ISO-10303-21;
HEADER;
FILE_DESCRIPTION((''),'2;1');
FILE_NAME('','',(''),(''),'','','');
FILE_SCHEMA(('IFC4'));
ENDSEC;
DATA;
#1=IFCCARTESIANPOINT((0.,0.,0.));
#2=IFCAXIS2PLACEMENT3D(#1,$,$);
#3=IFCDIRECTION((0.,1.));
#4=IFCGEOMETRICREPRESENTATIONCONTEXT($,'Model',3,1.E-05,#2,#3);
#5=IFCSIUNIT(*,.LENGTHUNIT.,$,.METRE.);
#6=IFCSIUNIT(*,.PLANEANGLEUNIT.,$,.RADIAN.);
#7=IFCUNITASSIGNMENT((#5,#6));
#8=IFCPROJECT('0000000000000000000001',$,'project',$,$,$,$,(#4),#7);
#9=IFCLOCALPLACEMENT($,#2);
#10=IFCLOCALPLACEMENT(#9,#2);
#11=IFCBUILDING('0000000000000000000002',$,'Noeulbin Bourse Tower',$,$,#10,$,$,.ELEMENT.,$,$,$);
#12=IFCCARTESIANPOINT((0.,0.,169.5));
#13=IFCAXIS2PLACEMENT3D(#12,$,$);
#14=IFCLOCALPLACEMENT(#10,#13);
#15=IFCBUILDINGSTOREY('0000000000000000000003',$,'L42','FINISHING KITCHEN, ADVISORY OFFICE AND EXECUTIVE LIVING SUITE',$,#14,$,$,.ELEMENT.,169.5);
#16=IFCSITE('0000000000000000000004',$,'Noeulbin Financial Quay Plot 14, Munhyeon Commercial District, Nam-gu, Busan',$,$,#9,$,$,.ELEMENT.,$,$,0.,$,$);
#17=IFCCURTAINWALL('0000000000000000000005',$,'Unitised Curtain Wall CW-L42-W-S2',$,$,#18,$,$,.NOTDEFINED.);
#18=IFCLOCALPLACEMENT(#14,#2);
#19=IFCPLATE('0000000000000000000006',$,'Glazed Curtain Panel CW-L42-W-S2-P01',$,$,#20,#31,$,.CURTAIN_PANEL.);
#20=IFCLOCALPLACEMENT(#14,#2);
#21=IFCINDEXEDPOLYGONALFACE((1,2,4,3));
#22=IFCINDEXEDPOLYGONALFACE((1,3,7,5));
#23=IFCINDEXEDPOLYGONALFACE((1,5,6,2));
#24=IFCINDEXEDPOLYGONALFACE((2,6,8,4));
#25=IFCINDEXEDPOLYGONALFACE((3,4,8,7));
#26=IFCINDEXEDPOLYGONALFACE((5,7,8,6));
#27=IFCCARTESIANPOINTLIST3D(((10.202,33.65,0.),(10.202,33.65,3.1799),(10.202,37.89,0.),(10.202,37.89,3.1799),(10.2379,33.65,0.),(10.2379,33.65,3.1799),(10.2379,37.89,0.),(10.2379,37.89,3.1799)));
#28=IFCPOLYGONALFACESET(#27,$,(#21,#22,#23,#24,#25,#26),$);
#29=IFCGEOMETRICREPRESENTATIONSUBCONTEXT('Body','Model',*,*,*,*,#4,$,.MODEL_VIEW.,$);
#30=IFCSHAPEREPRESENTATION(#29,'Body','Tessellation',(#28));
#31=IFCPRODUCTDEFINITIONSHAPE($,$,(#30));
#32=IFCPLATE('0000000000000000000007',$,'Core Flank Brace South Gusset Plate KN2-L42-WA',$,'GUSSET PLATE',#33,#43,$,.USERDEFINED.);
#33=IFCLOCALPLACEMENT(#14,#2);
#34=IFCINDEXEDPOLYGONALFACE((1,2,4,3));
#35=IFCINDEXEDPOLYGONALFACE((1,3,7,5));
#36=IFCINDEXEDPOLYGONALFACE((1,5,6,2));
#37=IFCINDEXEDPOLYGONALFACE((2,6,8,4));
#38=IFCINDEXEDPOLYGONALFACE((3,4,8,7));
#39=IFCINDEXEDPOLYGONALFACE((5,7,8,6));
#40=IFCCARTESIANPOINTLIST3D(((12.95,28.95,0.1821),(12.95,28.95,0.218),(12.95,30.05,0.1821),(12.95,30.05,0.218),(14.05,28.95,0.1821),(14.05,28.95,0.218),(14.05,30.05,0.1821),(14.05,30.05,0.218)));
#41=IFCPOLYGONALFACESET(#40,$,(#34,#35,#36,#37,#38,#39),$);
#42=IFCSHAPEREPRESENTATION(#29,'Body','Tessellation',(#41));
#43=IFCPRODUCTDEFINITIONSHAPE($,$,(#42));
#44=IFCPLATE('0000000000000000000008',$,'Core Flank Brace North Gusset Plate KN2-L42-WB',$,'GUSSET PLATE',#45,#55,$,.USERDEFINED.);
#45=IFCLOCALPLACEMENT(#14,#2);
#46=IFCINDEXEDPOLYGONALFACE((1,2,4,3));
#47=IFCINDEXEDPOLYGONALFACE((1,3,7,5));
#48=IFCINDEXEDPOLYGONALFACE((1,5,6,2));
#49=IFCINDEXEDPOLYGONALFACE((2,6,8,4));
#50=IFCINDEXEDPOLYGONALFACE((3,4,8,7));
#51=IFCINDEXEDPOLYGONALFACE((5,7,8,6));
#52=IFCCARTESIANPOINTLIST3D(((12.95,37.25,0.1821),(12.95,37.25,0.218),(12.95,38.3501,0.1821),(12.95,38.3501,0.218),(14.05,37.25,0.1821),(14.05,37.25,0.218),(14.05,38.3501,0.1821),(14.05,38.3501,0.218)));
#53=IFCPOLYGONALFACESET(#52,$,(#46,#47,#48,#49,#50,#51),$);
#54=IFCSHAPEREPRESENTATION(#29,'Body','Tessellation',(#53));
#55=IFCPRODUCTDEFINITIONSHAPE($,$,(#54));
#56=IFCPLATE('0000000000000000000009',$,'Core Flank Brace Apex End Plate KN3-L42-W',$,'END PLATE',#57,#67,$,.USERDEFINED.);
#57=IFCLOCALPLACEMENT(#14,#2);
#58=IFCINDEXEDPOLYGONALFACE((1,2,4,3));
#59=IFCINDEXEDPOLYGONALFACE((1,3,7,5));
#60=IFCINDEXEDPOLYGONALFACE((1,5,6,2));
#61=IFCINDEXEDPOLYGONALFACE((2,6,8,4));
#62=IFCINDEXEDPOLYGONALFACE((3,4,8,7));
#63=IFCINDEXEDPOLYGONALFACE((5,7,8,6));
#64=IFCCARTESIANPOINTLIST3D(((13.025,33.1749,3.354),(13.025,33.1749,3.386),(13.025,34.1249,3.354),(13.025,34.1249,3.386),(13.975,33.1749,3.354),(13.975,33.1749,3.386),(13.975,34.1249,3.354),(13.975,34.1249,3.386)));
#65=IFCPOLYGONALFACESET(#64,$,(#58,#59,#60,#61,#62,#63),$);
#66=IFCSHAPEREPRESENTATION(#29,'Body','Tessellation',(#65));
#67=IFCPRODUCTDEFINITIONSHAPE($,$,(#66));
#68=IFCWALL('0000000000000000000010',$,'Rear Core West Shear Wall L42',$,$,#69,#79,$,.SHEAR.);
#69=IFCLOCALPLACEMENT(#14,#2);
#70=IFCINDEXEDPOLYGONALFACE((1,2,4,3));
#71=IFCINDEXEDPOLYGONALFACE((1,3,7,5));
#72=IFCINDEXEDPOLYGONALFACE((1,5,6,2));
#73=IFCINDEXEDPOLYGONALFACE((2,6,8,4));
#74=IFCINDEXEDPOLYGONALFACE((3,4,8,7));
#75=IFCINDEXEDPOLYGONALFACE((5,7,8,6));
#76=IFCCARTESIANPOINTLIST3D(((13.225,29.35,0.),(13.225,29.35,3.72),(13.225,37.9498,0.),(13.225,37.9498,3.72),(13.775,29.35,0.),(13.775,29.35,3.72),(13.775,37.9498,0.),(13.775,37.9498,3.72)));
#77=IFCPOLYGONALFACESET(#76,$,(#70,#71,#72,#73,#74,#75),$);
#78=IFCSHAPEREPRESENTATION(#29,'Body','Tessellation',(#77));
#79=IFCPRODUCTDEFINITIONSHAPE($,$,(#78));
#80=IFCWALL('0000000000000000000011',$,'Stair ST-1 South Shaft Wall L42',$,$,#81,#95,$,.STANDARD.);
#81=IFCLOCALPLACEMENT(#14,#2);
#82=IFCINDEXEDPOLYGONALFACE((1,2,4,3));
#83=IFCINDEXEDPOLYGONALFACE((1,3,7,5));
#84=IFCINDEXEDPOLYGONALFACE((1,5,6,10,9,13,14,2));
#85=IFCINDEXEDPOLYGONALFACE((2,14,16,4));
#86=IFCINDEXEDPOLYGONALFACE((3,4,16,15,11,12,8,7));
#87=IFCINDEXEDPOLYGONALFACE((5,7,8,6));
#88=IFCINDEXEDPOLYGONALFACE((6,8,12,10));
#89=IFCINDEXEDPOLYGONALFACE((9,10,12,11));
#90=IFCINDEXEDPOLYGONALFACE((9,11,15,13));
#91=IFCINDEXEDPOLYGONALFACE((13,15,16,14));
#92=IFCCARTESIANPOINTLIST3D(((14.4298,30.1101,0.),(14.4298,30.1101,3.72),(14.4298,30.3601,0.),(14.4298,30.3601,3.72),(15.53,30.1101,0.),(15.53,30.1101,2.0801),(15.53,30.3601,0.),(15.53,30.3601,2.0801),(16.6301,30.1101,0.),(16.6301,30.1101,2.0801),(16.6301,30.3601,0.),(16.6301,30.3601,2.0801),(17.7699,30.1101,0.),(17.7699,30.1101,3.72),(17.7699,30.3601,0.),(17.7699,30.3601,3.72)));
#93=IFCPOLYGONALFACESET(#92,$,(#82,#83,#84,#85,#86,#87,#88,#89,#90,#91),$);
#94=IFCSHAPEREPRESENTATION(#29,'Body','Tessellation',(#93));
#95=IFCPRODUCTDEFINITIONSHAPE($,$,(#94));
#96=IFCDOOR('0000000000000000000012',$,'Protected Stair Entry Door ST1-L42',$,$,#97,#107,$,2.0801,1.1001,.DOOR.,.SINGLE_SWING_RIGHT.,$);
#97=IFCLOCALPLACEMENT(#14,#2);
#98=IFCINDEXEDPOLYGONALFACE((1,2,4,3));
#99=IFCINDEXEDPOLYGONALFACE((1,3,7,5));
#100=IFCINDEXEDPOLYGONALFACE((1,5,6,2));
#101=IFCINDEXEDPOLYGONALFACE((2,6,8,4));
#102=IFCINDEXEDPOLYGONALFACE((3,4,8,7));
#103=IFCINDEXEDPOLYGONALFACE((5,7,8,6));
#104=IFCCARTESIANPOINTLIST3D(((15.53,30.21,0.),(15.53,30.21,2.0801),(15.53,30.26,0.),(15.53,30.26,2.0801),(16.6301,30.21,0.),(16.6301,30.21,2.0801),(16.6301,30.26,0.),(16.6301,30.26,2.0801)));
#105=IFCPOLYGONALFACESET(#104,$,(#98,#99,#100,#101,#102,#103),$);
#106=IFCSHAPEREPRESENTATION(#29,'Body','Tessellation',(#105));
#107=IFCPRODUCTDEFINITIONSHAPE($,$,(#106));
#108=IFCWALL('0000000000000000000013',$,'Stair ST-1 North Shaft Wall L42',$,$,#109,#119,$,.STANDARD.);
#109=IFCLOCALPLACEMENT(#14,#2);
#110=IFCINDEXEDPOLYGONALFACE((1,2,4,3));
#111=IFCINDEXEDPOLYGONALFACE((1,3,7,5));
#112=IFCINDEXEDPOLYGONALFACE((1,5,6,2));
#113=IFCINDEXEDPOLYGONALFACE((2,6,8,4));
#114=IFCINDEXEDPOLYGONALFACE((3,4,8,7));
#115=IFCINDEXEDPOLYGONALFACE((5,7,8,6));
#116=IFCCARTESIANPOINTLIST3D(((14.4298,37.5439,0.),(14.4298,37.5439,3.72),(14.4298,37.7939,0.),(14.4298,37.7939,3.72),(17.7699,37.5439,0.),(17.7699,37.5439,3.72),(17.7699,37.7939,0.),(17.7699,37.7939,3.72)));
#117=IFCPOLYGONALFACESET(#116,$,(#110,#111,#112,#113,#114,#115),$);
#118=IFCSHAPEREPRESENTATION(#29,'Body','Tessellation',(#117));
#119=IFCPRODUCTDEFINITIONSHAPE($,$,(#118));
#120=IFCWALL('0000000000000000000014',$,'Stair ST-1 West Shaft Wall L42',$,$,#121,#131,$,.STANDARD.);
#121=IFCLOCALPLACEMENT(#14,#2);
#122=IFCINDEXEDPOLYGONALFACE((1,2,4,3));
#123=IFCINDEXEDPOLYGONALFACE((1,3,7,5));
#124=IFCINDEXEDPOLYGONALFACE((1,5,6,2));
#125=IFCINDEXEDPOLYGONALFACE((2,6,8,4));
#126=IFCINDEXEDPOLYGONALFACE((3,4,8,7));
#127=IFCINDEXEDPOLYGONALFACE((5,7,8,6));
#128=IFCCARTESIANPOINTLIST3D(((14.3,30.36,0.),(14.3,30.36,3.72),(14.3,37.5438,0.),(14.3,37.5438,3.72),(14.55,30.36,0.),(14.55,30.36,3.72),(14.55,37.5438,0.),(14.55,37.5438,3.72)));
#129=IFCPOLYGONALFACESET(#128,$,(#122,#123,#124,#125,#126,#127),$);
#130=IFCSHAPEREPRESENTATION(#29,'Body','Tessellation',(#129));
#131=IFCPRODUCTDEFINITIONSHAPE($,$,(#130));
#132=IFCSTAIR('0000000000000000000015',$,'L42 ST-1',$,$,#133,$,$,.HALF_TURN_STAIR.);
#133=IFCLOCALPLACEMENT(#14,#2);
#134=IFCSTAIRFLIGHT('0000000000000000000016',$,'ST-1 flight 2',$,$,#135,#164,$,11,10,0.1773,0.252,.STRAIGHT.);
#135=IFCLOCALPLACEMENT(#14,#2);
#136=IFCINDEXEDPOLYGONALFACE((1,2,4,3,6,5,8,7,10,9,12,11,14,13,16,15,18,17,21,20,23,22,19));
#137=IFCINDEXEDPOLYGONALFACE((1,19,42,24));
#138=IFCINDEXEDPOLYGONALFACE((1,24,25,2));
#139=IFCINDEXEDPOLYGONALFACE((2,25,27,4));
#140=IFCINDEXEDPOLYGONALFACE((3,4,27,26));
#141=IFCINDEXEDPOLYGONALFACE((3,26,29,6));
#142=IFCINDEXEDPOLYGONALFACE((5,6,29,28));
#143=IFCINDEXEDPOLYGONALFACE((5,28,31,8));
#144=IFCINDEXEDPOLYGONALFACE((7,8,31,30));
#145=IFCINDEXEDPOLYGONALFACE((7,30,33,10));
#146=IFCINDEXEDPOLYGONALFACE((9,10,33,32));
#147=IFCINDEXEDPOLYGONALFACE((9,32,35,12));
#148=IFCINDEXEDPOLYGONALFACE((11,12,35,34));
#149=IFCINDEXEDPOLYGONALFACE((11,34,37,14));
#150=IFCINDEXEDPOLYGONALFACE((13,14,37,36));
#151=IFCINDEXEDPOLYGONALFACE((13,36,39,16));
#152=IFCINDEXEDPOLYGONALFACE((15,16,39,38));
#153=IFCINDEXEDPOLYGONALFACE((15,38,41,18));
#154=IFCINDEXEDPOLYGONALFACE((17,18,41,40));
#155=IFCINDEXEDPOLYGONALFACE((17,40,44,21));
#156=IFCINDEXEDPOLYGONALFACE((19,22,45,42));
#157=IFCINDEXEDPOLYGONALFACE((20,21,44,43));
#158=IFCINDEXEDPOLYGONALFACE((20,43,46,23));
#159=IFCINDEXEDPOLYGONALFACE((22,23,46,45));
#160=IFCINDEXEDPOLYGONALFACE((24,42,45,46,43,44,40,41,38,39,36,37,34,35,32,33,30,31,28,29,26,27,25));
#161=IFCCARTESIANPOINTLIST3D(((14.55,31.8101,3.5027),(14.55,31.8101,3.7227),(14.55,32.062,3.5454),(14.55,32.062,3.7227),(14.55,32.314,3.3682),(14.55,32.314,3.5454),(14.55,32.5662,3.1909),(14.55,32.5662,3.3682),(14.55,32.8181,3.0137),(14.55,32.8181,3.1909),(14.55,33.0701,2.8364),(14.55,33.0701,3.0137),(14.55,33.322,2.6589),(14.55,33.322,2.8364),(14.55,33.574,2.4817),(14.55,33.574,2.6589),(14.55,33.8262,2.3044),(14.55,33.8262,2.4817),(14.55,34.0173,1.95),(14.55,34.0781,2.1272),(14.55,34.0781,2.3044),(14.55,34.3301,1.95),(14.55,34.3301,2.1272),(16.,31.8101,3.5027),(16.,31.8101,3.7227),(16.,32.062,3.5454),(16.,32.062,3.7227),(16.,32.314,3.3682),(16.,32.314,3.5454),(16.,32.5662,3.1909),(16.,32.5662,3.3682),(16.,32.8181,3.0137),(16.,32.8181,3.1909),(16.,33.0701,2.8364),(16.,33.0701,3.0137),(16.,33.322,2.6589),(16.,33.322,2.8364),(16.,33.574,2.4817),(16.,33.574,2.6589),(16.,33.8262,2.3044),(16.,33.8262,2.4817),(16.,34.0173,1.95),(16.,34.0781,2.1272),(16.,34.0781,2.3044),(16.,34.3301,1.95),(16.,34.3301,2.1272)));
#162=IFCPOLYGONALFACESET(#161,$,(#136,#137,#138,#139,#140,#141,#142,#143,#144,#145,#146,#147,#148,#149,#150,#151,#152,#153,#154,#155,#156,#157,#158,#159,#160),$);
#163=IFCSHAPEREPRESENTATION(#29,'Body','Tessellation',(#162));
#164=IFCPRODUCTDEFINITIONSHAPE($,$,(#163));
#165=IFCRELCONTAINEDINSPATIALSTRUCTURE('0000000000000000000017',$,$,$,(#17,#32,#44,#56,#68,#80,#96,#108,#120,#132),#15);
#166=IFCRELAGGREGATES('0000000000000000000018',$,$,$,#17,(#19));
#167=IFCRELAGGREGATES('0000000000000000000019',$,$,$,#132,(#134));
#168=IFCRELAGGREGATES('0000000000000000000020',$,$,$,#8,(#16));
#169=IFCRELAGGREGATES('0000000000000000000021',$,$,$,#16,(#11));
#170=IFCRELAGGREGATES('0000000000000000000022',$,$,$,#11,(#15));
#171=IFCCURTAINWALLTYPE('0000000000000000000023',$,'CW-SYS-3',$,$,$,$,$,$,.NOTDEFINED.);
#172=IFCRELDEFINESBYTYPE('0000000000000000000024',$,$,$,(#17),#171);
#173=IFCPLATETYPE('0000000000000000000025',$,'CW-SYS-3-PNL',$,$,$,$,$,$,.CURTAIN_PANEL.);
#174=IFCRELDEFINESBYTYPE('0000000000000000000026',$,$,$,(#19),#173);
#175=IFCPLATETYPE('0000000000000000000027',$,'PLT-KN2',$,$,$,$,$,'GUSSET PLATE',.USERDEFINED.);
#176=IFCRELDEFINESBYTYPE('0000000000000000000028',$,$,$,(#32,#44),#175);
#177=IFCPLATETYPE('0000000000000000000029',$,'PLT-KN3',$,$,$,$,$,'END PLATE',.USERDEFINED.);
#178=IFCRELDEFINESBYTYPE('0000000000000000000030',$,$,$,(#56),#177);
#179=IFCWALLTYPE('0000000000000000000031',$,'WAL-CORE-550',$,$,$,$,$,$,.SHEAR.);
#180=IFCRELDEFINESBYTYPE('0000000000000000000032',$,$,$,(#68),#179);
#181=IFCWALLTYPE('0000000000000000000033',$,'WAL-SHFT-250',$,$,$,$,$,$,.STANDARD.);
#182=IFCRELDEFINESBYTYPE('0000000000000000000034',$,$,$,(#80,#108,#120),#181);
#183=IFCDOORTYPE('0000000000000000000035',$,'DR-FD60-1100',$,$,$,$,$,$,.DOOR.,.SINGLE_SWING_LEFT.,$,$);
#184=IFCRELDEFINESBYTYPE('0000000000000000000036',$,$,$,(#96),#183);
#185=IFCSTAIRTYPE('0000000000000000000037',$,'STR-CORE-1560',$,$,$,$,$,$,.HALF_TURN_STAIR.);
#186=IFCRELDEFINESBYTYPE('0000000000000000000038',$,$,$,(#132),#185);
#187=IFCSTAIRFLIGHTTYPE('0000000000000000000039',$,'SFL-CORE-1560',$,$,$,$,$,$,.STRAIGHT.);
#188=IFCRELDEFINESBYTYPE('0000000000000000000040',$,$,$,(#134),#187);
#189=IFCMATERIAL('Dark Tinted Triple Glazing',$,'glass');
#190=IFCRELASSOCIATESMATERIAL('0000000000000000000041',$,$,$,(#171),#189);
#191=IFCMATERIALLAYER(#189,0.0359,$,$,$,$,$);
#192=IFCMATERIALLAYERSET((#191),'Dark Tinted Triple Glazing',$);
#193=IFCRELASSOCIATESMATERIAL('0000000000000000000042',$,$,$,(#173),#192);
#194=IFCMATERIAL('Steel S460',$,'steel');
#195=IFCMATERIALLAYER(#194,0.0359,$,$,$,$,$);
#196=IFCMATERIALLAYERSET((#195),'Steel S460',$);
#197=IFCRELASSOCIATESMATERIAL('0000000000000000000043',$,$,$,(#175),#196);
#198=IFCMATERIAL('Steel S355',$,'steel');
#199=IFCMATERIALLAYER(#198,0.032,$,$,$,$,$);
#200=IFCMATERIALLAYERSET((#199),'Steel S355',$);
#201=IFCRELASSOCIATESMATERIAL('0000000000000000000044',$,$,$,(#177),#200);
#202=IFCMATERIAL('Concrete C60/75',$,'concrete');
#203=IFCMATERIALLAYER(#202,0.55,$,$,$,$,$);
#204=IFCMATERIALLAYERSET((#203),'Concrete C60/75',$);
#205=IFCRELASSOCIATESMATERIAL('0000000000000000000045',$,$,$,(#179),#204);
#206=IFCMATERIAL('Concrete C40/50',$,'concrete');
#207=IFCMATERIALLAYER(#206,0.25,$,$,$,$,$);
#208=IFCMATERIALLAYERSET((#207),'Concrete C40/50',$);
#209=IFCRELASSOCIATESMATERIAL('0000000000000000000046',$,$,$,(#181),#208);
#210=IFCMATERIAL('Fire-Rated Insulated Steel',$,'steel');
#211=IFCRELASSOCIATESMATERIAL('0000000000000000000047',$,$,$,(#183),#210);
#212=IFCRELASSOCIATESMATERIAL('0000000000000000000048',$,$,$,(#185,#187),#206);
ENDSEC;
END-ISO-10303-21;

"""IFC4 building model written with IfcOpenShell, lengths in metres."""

from ifc_helpers import new_model, si_unit, direction, frame, frame_2d, origin, origin_2d, place, context, subcontext, project, spatial, polyline, rectangle, outline, extrude, material, layer, layer_set, type_object, element, fill, aggregate, save


model = new_model("IFC4")

# Units and contexts
model_context = context("Model", 3, precision=1e-05, world=origin(), true_north=direction((0.0, 1.0)))
body_context = subcontext(model_context, "Body", "Model", "MODEL_VIEW")
ifc_project = project(units=[si_unit("LENGTHUNIT", "METRE"), si_unit("PLANEANGLEUNIT", "RADIAN")], contexts=[model_context])

# Site, building, storey
site_placement = place(None, origin())
site = spatial("IfcSite", under=ifc_project, at=site_placement, Name="Noeulbin Financial Quay Plot 14, Munhyeon Commercial District, Nam-gu, Busan", CompositionType="ELEMENT", RefElevation=0.0)
building_placement = place(site_placement, origin())
building = spatial("IfcBuilding", under=site, at=building_placement, Name="Noeulbin Bourse Tower", CompositionType="ELEMENT")
storey_placement = place(building_placement, frame((0.0, 0.0, 169.5)))
storey = spatial("IfcBuildingStorey", under=building, at=storey_placement, Name="L42", Description="FINISHING KITCHEN, ADVISORY OFFICE AND EXECUTIVE LIVING SUITE", CompositionType="ELEMENT", Elevation=169.5)

# Shared definitions
ifc_material_1 = material(Name="Steel S355", Category="steel")

# Curtain wall
ifc_material_2 = material(Name="Dark Tinted Triple Glazing", Category="glass")
curtain_wall_type = type_object("IfcCurtainWallType", Name="CW-SYS-3", PredefinedType="NOTDEFINED", material=ifc_material_2)
curtain_wall_placement = place(storey_placement, origin())
curtain_wall = element("IfcCurtainWall", 1, at=curtain_wall_placement, inside=storey, type_object=curtain_wall_type, Name="Unitised Curtain Wall CW-L42-W-S2", PredefinedType="NOTDEFINED")

# Plate
ifc_layer_1 = layer(ifc_material_2, 0.0359)
ifc_layer_set_1 = layer_set([ifc_layer_1], Name="Dark Tinted Triple Glazing")
plate_type_1 = type_object("IfcPlateType", Name="CW-SYS-3-PNL", PredefinedType="CURTAIN_PANEL", material=ifc_layer_set_1)
plate_1_placement = place(storey_placement, frame((10.22, 35.77, 0.0), z_axis=(0.0, 0.0, 1.0), x_axis=(0.0, 1.0, 0.0)))
plate_1 = element("IfcPlate", 2, at=plate_1_placement, type_object=plate_type_1, Name="Glazed Curtain Panel CW-L42-W-S2-P01", PredefinedType="CURTAIN_PANEL", context=body_context, shape_type="SweptSolid", body=[
    extrude(rectangle(XDim=4.24, YDim=0.0359, at=origin_2d()), origin(), (0.0, 0.0, 1.0), 3.1799),
])
aggregate(curtain_wall, [plate_1])

# Plates
ifc_material_3 = material(Name="Steel S460", Category="steel")
ifc_layer_2 = layer(ifc_material_3, 0.0359)
ifc_layer_set_2 = layer_set([ifc_layer_2], Name="Steel S460")
plate_type_2 = type_object("IfcPlateType", Name="PLT-KN2", ElementType="GUSSET PLATE", PredefinedType="USERDEFINED", material=ifc_layer_set_2)
for number, where, z_axis, x_axis, name in (
    (3, (13.5, 29.5, 0.1821), (0.0, 0.0, 1.0), (1.0, 0.0, 0.0), "Core Flank Brace South Gusset Plate KN2-L42-WA"),
    (4, (13.5, 37.8, 0.1821), (0.0, 0.0, 1.0), (1.0, 0.0, 0.0), "Core Flank Brace North Gusset Plate KN2-L42-WB"),
):
    element("IfcPlate", number, at=place(storey_placement, frame(where, z_axis=z_axis, x_axis=x_axis)), inside=storey, type_object=plate_type_2, Name=name, ObjectType="GUSSET PLATE", PredefinedType="USERDEFINED", context=body_context, shape_type="SweptSolid", body=[
        extrude(rectangle(XDim=1.1001, YDim=1.1001, at=origin_2d()), origin(), (0.0, 0.0, 1.0), 0.0359),
    ])
ifc_layer_3 = layer(ifc_material_1, 0.032)
ifc_layer_set_3 = layer_set([ifc_layer_3], Name="Steel S355")
plate_type_3 = type_object("IfcPlateType", Name="PLT-KN3", ElementType="END PLATE", PredefinedType="USERDEFINED", material=ifc_layer_set_3)
plate_2_placement = place(storey_placement, frame((13.5, 33.6499, 3.354), z_axis=(0.0, 0.0, 1.0), x_axis=(1.0, 0.0, 0.0)))
element("IfcPlate", 5, at=plate_2_placement, inside=storey, type_object=plate_type_3, Name="Core Flank Brace Apex End Plate KN3-L42-W", ObjectType="END PLATE", PredefinedType="USERDEFINED", context=body_context, shape_type="SweptSolid", body=[
    extrude(rectangle(XDim=0.95, YDim=0.95, at=origin_2d()), origin(), (0.0, 0.0, 1.0), 0.032),
])

# Wall
ifc_material_4 = material(Name="Concrete C60/75", Category="concrete")
ifc_layer_4 = layer(ifc_material_4, 0.55)
ifc_layer_set_4 = layer_set([ifc_layer_4], Name="Concrete C60/75")
wall_type_1 = type_object("IfcWallType", Name="WAL-CORE-550", PredefinedType="SHEAR", material=ifc_layer_set_4)
wall_1_placement = place(storey_placement, frame((13.5, 29.3501, 0.0), z_axis=(0.0, 0.0, 1.0), x_axis=(0.0, 1.0, 0.0)))
element("IfcWall", 6, at=wall_1_placement, inside=storey, type_object=wall_type_1, Name="Rear Core West Shear Wall L42", PredefinedType="SHEAR", context=body_context, shape_type="SweptSolid", body=[
    extrude(rectangle(XDim=8.5999, YDim=0.55, at=frame_2d((4.2998, 0.0))), origin(), (0.0, 0.0, 1.0), 3.72),
])

# Wall, opening, door
ifc_material_5 = material(Name="Concrete C40/50", Category="concrete")
ifc_layer_5 = layer(ifc_material_5, 0.25)
ifc_layer_set_5 = layer_set([ifc_layer_5], Name="Concrete C40/50")
wall_type_2 = type_object("IfcWallType", Name="WAL-SHFT-250", PredefinedType="STANDARD", material=ifc_layer_set_5)
wall_2_placement = place(storey_placement, frame((14.4299, 30.2351, 0.0), z_axis=(0.0, 0.0, 1.0), x_axis=(1.0, 0.0, 0.0)))
wall_2 = element("IfcWall", 7, at=wall_2_placement, inside=storey, type_object=wall_type_2, Name="Stair ST-1 South Shaft Wall L42", PredefinedType="STANDARD", context=body_context, shape_type="SweptSolid", body=[
    extrude(rectangle(XDim=3.3401, YDim=0.25, at=frame_2d((1.6699, 0.0))), origin(), (0.0, 0.0, 1.0), 3.72),
])
opening_placement = place(wall_2_placement, frame((1.1001, 0.0, 0.0)))
opening = element("IfcOpeningElement", 8, at=opening_placement, cuts=wall_2, PredefinedType="OPENING", context=body_context, shape_type="SweptSolid", body=[
    extrude(rectangle(XDim=1.1001, YDim=2.0801, at=frame_2d((0.55, 1.04))), frame((0.0, 0.135, 0.0), z_axis=(0.0, -1.0, 0.0), x_axis=(1.0, 0.0, 0.0)), (0.0, 0.0, 1.0), 0.27),
])
ifc_material_6 = material(Name="Fire-Rated Insulated Steel", Category="steel")
door_type = type_object("IfcDoorType", Name="DR-FD60-1100", OperationType="SINGLE_SWING_LEFT", PredefinedType="DOOR", material=ifc_material_6)
door_placement = place(opening_placement, origin())
door = element("IfcDoor", 9, at=door_placement, inside=storey, type_object=door_type, Name="Protected Stair Entry Door ST1-L42", OperationType="SINGLE_SWING_RIGHT", OverallHeight=2.0801, OverallWidth=1.1001, PredefinedType="DOOR", context=body_context, shape_type="SweptSolid", body=[
    extrude(rectangle(XDim=1.1001, YDim=2.0801, at=frame_2d((0.55, 1.04))), frame((0.0, 0.0249, 0.0), z_axis=(0.0, -1.0, 0.0), x_axis=(1.0, 0.0, 0.0)), (0.0, 0.0, 1.0), 0.05),
])
fill(opening, door)

# Walls
wall_3_placement = place(storey_placement, frame((14.4299, 37.6689, 0.0), z_axis=(0.0, 0.0, 1.0), x_axis=(1.0, 0.0, 0.0)))
element("IfcWall", 10, at=wall_3_placement, inside=storey, type_object=wall_type_2, Name="Stair ST-1 North Shaft Wall L42", PredefinedType="STANDARD", context=body_context, shape_type="SweptSolid", body=[
    extrude(rectangle(XDim=3.3401, YDim=0.25, at=frame_2d((1.6699, 0.0))), origin(), (0.0, 0.0, 1.0), 3.72),
])
wall_4_placement = place(storey_placement, frame((14.425, 30.3601, 0.0), z_axis=(0.0, 0.0, 1.0), x_axis=(0.0, 1.0, 0.0)))
element("IfcWall", 11, at=wall_4_placement, inside=storey, type_object=wall_type_2, Name="Stair ST-1 West Shaft Wall L42", PredefinedType="STANDARD", context=body_context, shape_type="SweptSolid", body=[
    extrude(rectangle(XDim=7.1838, YDim=0.25, at=frame_2d((3.5918, 0.0))), origin(), (0.0, 0.0, 1.0), 3.72),
])

# Stair, stair flight
stair_type = type_object("IfcStairType", Name="STR-CORE-1560", PredefinedType="HALF_TURN_STAIR", material=ifc_material_5)
stair_placement = place(storey_placement, origin())
stair = element("IfcStair", 12, at=stair_placement, inside=storey, type_object=stair_type, Name="L42 ST-1", PredefinedType="HALF_TURN_STAIR")
stair_flight_type = type_object("IfcStairFlightType", Name="SFL-CORE-1560", PredefinedType="STRAIGHT", material=ifc_material_5)
stair_flight_placement = place(storey_placement, frame((15.2749, 34.3301, 1.95), z_axis=(0.0, 0.0, 1.0), x_axis=(0.0, -1.0, 0.0)))
stair_flight = element("IfcStairFlight", 13, at=stair_flight_placement, type_object=stair_flight_type, Name="ST-1 flight 2", NumberOfRisers=11, NumberOfTreads=10, PredefinedType="STRAIGHT", RiserHeight=0.1773, TreadLength=0.252, context=body_context, shape_type="SweptSolid", body=[
    extrude(outline(polyline([(0.0, 0.0), (0.0, 0.1772), (0.252, 0.1772), (0.252, 0.3545), (0.5039, 0.3545), (0.5039, 0.5317), (0.7561, 0.5317), (0.7561, 0.709), (1.0081, 0.709), (1.0081, 0.8865), (1.26, 0.8865), (1.26, 1.0637), (1.512, 1.0637), (1.512, 1.241), (1.7639, 1.241), (1.7639, 1.4182), (2.0161, 1.4182), (2.0161, 1.5955), (2.2681, 1.5955), (2.2681, 1.7727), (2.52, 1.7727), (2.52, 1.95), (2.52, 1.5527), (0.3127, 0.0), (0.0, 0.0)])), frame((0.0, 0.7251, 0.0), z_axis=(0.0, -1.0, 0.0), x_axis=(1.0, 0.0, 0.0)), (0.0, 0.0, 1.0), 1.45),
])
aggregate(stair, [stair_flight])

save(model, "model.ifc")
